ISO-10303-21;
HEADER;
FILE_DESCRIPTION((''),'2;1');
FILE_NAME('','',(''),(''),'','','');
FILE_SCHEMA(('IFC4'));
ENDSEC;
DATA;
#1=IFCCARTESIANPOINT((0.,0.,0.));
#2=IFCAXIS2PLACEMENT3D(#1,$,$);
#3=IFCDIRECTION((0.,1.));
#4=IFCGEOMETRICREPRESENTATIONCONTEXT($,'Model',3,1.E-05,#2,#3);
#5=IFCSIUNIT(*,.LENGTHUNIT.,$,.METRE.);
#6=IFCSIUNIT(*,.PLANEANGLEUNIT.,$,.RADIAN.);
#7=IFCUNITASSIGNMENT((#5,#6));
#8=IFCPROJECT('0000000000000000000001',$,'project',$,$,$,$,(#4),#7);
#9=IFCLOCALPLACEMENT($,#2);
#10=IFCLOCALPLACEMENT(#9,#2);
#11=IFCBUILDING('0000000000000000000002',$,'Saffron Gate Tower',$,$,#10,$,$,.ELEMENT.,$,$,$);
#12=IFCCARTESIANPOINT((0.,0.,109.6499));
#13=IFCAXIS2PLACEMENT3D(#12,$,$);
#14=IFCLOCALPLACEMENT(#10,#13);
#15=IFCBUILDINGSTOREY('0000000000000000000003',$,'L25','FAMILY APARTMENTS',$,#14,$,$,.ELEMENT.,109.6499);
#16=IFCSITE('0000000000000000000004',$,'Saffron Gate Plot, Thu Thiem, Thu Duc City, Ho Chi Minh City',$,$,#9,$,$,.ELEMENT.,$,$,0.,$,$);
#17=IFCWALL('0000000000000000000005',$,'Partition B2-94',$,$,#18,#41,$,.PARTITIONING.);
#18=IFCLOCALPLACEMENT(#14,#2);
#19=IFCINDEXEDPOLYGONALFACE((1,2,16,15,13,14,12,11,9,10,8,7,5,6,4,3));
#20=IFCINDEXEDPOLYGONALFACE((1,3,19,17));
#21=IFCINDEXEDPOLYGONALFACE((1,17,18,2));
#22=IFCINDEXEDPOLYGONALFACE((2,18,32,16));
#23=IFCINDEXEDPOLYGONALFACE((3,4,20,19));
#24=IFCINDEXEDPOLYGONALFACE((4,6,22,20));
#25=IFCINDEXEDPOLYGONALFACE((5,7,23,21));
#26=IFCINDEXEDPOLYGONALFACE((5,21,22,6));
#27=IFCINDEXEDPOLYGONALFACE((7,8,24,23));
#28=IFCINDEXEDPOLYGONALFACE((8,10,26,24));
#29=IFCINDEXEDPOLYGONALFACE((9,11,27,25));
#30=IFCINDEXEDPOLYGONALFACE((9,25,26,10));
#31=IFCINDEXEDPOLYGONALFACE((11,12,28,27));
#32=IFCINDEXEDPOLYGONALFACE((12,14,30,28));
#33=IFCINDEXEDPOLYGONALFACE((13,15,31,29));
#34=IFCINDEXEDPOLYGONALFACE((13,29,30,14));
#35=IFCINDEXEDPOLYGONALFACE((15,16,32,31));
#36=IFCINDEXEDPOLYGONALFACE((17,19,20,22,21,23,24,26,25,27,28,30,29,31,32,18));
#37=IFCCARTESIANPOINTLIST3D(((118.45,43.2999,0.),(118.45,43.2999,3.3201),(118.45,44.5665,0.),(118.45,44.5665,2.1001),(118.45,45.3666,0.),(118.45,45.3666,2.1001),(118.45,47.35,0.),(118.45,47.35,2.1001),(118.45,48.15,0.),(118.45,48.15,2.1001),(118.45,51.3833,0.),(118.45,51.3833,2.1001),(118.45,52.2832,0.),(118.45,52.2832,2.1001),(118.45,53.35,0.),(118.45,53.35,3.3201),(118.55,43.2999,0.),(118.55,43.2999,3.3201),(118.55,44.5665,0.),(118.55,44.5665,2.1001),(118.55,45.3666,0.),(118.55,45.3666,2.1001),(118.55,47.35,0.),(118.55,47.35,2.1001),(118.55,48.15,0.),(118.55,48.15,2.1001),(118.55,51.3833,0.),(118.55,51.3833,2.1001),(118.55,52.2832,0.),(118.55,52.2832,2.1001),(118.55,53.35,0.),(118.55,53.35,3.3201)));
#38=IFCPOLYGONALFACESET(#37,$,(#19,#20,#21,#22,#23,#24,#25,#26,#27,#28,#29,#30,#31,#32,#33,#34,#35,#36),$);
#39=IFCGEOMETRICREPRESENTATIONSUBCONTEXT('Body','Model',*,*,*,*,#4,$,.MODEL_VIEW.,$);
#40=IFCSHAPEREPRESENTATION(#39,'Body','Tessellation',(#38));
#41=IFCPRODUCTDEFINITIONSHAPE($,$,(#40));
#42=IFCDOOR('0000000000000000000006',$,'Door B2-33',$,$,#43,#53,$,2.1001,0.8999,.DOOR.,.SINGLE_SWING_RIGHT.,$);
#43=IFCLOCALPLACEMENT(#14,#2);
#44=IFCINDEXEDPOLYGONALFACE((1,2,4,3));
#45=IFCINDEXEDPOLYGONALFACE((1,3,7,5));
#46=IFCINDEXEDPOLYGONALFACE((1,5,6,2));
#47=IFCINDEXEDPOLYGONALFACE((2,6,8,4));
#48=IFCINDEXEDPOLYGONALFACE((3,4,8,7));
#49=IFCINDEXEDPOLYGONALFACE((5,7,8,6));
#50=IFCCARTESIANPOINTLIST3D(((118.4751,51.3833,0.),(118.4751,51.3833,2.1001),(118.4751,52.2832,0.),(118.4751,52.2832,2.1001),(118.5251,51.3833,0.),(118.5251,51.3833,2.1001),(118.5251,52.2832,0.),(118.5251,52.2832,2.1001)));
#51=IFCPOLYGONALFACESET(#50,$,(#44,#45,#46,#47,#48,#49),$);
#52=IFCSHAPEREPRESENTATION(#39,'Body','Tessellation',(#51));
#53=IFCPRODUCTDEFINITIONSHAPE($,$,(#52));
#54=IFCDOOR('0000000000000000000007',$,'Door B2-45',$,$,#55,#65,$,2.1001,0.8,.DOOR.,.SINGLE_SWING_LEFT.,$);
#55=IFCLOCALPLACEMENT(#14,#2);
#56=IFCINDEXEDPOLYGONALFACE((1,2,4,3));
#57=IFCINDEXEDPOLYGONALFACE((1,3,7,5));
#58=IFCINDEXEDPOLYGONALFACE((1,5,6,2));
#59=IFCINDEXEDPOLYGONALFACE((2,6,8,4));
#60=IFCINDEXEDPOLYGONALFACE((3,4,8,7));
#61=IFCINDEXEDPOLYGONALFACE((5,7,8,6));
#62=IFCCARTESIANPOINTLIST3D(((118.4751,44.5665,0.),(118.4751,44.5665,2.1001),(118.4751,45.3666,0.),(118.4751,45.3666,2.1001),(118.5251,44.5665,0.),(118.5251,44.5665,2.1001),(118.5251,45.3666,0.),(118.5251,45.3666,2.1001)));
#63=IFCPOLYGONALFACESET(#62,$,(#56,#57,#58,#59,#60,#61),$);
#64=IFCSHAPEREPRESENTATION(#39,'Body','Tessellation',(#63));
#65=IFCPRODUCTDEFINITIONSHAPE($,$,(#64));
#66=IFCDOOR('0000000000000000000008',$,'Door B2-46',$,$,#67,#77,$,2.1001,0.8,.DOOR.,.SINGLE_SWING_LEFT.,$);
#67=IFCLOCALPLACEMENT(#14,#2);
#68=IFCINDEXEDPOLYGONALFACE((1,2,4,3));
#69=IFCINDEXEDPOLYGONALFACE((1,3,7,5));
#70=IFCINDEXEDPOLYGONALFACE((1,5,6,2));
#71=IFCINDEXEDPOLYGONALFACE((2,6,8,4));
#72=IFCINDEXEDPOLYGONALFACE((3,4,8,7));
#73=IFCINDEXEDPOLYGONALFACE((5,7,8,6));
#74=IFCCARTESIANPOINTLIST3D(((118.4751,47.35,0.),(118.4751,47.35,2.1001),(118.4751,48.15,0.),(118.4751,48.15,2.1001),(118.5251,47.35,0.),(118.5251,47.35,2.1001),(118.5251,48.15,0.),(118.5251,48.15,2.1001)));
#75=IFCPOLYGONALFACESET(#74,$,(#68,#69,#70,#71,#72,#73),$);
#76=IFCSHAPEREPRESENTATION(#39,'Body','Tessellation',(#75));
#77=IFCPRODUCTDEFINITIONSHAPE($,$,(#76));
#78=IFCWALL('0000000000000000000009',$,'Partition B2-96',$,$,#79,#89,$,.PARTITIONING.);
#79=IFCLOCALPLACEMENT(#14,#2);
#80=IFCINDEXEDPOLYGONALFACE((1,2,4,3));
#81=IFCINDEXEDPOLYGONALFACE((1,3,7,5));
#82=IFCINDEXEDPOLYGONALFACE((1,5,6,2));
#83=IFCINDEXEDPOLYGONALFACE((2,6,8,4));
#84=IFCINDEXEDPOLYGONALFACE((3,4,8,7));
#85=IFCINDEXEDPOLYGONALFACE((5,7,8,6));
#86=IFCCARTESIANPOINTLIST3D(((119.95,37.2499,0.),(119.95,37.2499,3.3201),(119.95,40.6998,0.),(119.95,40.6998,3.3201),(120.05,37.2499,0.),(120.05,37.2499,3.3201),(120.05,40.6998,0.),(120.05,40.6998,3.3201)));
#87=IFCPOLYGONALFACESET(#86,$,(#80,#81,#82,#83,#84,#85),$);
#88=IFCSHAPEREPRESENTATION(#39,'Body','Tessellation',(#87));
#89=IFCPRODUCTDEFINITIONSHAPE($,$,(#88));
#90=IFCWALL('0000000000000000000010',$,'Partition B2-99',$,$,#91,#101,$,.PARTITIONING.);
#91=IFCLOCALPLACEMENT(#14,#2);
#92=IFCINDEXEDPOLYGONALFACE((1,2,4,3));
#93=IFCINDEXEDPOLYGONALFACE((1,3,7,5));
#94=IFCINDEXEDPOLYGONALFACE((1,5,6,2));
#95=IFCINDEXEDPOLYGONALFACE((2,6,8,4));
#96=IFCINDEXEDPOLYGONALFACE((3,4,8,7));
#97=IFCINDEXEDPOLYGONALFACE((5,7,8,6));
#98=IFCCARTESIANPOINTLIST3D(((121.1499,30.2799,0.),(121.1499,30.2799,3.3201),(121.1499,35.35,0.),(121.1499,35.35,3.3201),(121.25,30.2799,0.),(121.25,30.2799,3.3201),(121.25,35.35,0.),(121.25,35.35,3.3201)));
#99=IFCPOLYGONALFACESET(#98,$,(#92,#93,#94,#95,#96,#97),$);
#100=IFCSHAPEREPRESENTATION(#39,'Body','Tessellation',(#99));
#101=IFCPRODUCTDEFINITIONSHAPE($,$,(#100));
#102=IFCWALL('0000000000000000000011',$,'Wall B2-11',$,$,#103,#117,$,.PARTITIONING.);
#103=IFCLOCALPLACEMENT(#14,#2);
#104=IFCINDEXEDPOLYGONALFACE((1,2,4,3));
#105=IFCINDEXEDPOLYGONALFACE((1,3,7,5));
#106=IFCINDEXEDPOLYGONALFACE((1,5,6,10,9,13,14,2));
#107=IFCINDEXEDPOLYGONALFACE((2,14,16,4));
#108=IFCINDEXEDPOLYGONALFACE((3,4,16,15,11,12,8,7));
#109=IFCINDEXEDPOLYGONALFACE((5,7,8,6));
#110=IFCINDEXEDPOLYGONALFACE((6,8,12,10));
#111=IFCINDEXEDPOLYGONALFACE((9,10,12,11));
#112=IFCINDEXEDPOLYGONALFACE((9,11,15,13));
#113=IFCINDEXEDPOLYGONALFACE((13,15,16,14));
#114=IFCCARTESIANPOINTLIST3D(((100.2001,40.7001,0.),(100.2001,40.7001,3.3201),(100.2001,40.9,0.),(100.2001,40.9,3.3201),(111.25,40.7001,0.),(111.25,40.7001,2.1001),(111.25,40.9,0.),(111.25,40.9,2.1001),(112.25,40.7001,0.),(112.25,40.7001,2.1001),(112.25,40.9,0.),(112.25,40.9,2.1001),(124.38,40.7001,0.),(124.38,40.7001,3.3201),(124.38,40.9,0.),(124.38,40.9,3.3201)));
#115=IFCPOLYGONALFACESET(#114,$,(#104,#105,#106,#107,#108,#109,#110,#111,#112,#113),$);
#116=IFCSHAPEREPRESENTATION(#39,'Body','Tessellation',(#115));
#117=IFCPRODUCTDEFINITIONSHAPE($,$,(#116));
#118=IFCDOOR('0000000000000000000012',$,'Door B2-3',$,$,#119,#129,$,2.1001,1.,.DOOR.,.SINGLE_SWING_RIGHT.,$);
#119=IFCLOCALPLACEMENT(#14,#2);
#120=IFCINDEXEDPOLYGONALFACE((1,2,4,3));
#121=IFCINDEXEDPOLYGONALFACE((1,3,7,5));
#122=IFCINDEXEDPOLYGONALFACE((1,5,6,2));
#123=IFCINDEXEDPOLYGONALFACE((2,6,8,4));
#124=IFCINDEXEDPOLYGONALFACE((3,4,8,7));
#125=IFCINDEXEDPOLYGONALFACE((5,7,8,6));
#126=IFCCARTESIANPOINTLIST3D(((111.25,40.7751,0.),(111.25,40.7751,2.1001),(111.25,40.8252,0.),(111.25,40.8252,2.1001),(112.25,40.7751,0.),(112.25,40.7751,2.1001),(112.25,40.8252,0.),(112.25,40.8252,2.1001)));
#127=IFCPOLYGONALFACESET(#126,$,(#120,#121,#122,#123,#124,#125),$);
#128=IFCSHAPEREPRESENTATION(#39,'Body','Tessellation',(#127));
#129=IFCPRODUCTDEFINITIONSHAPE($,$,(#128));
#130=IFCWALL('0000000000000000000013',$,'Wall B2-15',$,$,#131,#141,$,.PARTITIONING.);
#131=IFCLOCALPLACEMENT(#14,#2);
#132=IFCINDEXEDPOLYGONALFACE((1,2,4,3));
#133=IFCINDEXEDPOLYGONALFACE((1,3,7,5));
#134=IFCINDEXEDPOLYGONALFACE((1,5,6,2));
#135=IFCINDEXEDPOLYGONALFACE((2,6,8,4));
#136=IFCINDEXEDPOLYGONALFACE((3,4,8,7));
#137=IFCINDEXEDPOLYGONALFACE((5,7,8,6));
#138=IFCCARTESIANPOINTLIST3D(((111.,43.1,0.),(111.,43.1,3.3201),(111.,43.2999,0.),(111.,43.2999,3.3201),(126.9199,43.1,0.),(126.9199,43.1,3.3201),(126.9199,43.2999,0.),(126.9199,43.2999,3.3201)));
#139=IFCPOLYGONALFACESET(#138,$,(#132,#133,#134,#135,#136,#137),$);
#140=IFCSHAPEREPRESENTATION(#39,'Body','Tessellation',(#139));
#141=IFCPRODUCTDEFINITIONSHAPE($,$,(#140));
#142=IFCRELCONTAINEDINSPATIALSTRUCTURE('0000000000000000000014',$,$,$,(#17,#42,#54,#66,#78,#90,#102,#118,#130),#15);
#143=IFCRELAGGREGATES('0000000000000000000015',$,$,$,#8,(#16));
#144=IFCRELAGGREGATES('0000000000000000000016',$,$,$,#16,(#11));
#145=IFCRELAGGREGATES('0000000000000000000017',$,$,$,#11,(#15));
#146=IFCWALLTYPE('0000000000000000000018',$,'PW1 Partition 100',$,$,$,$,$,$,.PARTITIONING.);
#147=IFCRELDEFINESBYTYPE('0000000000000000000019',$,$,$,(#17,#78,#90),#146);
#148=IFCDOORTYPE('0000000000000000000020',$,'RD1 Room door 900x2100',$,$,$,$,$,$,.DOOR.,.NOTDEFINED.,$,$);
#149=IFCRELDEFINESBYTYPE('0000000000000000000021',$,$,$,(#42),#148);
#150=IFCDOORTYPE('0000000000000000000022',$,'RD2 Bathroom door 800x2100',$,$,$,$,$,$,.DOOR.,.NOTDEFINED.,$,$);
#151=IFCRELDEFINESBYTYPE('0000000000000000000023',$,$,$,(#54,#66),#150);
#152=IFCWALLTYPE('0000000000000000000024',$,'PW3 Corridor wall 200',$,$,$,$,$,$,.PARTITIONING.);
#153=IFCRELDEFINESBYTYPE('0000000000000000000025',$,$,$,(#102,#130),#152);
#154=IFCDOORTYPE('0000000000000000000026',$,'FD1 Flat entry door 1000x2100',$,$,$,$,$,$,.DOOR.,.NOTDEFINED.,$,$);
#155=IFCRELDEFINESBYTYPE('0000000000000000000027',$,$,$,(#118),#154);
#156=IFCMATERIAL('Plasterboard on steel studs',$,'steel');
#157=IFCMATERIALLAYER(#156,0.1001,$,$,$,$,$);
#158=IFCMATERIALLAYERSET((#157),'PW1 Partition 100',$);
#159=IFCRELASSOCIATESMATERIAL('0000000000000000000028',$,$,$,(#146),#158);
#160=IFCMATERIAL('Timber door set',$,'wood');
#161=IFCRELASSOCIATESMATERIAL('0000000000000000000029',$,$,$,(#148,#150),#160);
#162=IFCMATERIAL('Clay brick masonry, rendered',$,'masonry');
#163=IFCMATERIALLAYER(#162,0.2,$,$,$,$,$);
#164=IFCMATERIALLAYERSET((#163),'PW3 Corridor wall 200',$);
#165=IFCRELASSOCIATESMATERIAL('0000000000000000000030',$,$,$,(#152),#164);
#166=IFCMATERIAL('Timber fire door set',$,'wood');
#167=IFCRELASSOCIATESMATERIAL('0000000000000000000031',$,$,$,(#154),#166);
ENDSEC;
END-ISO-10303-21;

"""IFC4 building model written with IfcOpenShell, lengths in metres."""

from ifc_helpers import new_model, si_unit, direction, frame, frame_2d, origin, place, context, subcontext, project, spatial, rectangle, extrude, material, layer, layer_set, type_object, element, fill, save


model = new_model("IFC4")

# Units and contexts
model_context = context("Model", 3, precision=1e-05, world=origin(), true_north=direction((0.0, 1.0)))
body_context = subcontext(model_context, "Body", "Model", "MODEL_VIEW")
ifc_project = project(units=[si_unit("LENGTHUNIT", "METRE"), si_unit("PLANEANGLEUNIT", "RADIAN")], contexts=[model_context])

# Site, building, storey
site_placement = place(None, origin())
site = spatial("IfcSite", under=ifc_project, at=site_placement, Name="Saffron Gate Plot, Thu Thiem, Thu Duc City, Ho Chi Minh City", CompositionType="ELEMENT", RefElevation=0.0)
building_placement = place(site_placement, origin())
building = spatial("IfcBuilding", under=site, at=building_placement, Name="Saffron Gate Tower", CompositionType="ELEMENT")
storey_placement = place(building_placement, frame((0.0, 0.0, 109.6499)))
storey = spatial("IfcBuildingStorey", under=building, at=storey_placement, Name="L25", Description="FAMILY APARTMENTS", CompositionType="ELEMENT", Elevation=109.6499)

# Shared definitions
ifc_material_1 = material(Name="Plasterboard on steel studs", Category="steel")
ifc_layer_1 = layer(ifc_material_1, 0.1001)
ifc_layer_set_1 = layer_set([ifc_layer_1], Name="PW1 Partition 100")
wall_type_1 = type_object("IfcWallType", Name="PW1 Partition 100", PredefinedType="PARTITIONING", material=ifc_layer_set_1)
ifc_material_2 = material(Name="Timber door set", Category="wood")
door_type_1 = type_object("IfcDoorType", Name="RD1 Room door 900x2100", OperationType="NOTDEFINED", PredefinedType="DOOR", material=ifc_material_2)

# Wall, openings, doors
wall_1_placement = place(storey_placement, frame((118.5, 43.3, 0.0), z_axis=(0.0, 0.0, 1.0), x_axis=(0.0, 1.0, 0.0)))
wall_1 = element("IfcWall", 1, at=wall_1_placement, inside=storey, type_object=wall_type_1, Name="Partition B2-94", PredefinedType="PARTITIONING", context=body_context, shape_type="SweptSolid", body=[
    extrude(rectangle(XDim=10.05, YDim=0.1001, at=frame_2d((5.0249, 0.0))), origin(), (0.0, 0.0, 1.0), 3.3201),
])
opening_1_placement = place(wall_1_placement, frame((1.2666, 0.0, 0.0)))
opening_1 = element("IfcOpeningElement", 2, at=opening_1_placement, cuts=wall_1, PredefinedType="OPENING", context=body_context, shape_type="SweptSolid", body=[
    extrude(rectangle(XDim=0.8, YDim=2.1001, at=frame_2d((0.3999, 1.05))), frame((0.0, 0.0601, 0.0), z_axis=(0.0, -1.0, 0.0), x_axis=(1.0, 0.0, 0.0)), (0.0, 0.0, 1.0), 0.1201),
])
opening_2_placement = place(wall_1_placement, frame((4.05, 0.0, 0.0)))
opening_2 = element("IfcOpeningElement", 3, at=opening_2_placement, cuts=wall_1, PredefinedType="OPENING", context=body_context, shape_type="SweptSolid", body=[
    extrude(rectangle(XDim=0.8, YDim=2.1001, at=frame_2d((0.3999, 1.05))), frame((0.0, 0.0601, 0.0), z_axis=(0.0, -1.0, 0.0), x_axis=(1.0, 0.0, 0.0)), (0.0, 0.0, 1.0), 0.1201),
])
opening_3_placement = place(wall_1_placement, frame((8.0833, 0.0, 0.0)))
opening_3 = element("IfcOpeningElement", 4, at=opening_3_placement, cuts=wall_1, PredefinedType="OPENING", context=body_context, shape_type="SweptSolid", body=[
    extrude(rectangle(XDim=0.8999, YDim=2.1001, at=frame_2d((0.45, 1.05))), frame((0.0, 0.0601, 0.0), z_axis=(0.0, -1.0, 0.0), x_axis=(1.0, 0.0, 0.0)), (0.0, 0.0, 1.0), 0.1201),
])
door_1_placement = place(opening_3_placement, origin())
door_1 = element("IfcDoor", 5, at=door_1_placement, inside=storey, type_object=door_type_1, Name="Door B2-33", OperationType="SINGLE_SWING_RIGHT", OverallHeight=2.1001, OverallWidth=0.8999, PredefinedType="DOOR", context=body_context, shape_type="SweptSolid", body=[
    extrude(rectangle(XDim=0.8999, YDim=2.1001, at=frame_2d((0.45, 1.05))), frame((0.0, 0.0249, 0.0), z_axis=(0.0, -1.0, 0.0), x_axis=(1.0, 0.0, 0.0)), (0.0, 0.0, 1.0), 0.05),
])
fill(opening_3, door_1)
door_type_2 = type_object("IfcDoorType", Name="RD2 Bathroom door 800x2100", OperationType="NOTDEFINED", PredefinedType="DOOR", material=ifc_material_2)
door_2_placement = place(opening_1_placement, origin())
door_2 = element("IfcDoor", 6, at=door_2_placement, inside=storey, type_object=door_type_2, Name="Door B2-45", OperationType="SINGLE_SWING_LEFT", OverallHeight=2.1001, OverallWidth=0.8, PredefinedType="DOOR", context=body_context, shape_type="SweptSolid", body=[
    extrude(rectangle(XDim=0.8, YDim=2.1001, at=frame_2d((0.3999, 1.05))), frame((0.0, 0.0249, 0.0), z_axis=(0.0, -1.0, 0.0), x_axis=(1.0, 0.0, 0.0)), (0.0, 0.0, 1.0), 0.05),
])
fill(opening_1, door_2)
door_3_placement = place(opening_2_placement, origin())
door_3 = element("IfcDoor", 7, at=door_3_placement, inside=storey, type_object=door_type_2, Name="Door B2-46", OperationType="SINGLE_SWING_LEFT", OverallHeight=2.1001, OverallWidth=0.8, PredefinedType="DOOR", context=body_context, shape_type="SweptSolid", body=[
    extrude(rectangle(XDim=0.8, YDim=2.1001, at=frame_2d((0.3999, 1.05))), frame((0.0, 0.0249, 0.0), z_axis=(0.0, -1.0, 0.0), x_axis=(1.0, 0.0, 0.0)), (0.0, 0.0, 1.0), 0.05),
])
fill(opening_2, door_3)

# Walls
wall_2_placement = place(storey_placement, frame((120.0, 40.7, 0.0), z_axis=(0.0, 0.0, 1.0), x_axis=(0.0, -1.0, 0.0)))
element("IfcWall", 8, at=wall_2_placement, inside=storey, type_object=wall_type_1, Name="Partition B2-96", PredefinedType="PARTITIONING", context=body_context, shape_type="SweptSolid", body=[
    extrude(rectangle(XDim=3.45, YDim=0.1001, at=frame_2d((1.7251, 0.0))), origin(), (0.0, 0.0, 1.0), 3.3201),
])
wall_3_placement = place(storey_placement, frame((121.2, 35.3501, 0.0), z_axis=(0.0, 0.0, 1.0), x_axis=(0.0, -1.0, 0.0)))
element("IfcWall", 9, at=wall_3_placement, inside=storey, type_object=wall_type_1, Name="Partition B2-99", PredefinedType="PARTITIONING", context=body_context, shape_type="SweptSolid", body=[
    extrude(rectangle(XDim=5.0701, YDim=0.1001, at=frame_2d((2.5352, 0.0))), origin(), (0.0, 0.0, 1.0), 3.3201),
])

# Wall, opening, door
ifc_material_3 = material(Name="Clay brick masonry, rendered", Category="masonry")
ifc_layer_2 = layer(ifc_material_3, 0.2)
ifc_layer_set_2 = layer_set([ifc_layer_2], Name="PW3 Corridor wall 200")
wall_type_2 = type_object("IfcWallType", Name="PW3 Corridor wall 200", PredefinedType="PARTITIONING", material=ifc_layer_set_2)
wall_4_placement = place(storey_placement, frame((124.3799, 40.8, 0.0), z_axis=(0.0, 0.0, 1.0), x_axis=(-1.0, 0.0, 0.0)))
wall_4 = element("IfcWall", 10, at=wall_4_placement, inside=storey, type_object=wall_type_2, Name="Wall B2-11", PredefinedType="PARTITIONING", context=body_context, shape_type="SweptSolid", body=[
    extrude(rectangle(XDim=24.1799, YDim=0.2, at=frame_2d((12.0898, 0.0))), origin(), (0.0, 0.0, 1.0), 3.3201),
])
opening_4_placement = place(wall_4_placement, frame((12.1299, 0.0, 0.0)))
opening_4 = element("IfcOpeningElement", 11, at=opening_4_placement, cuts=wall_4, PredefinedType="OPENING", context=body_context, shape_type="SweptSolid", body=[
    extrude(rectangle(XDim=1.0, YDim=2.1001, at=frame_2d((0.5, 1.05))), frame((0.0, 0.1099, 0.0), z_axis=(0.0, -1.0, 0.0), x_axis=(1.0, 0.0, 0.0)), (0.0, 0.0, 1.0), 0.22),
])
ifc_material_4 = material(Name="Timber fire door set", Category="wood")
door_type_3 = type_object("IfcDoorType", Name="FD1 Flat entry door 1000x2100", OperationType="NOTDEFINED", PredefinedType="DOOR", material=ifc_material_4)
door_4_placement = place(opening_4_placement, origin())
door_4 = element("IfcDoor", 12, at=door_4_placement, inside=storey, type_object=door_type_3, Name="Door B2-3", OperationType="SINGLE_SWING_RIGHT", OverallHeight=2.1001, OverallWidth=1.0, PredefinedType="DOOR", context=body_context, shape_type="SweptSolid", body=[
    extrude(rectangle(XDim=1.0, YDim=2.1001, at=frame_2d((0.5, 1.05))), frame((0.0, 0.0249, 0.0), z_axis=(0.0, -1.0, 0.0), x_axis=(1.0, 0.0, 0.0)), (0.0, 0.0, 1.0), 0.05),
])
fill(opening_4, door_4)

# Wall
wall_5_placement = place(storey_placement, frame((111.0, 43.2, 0.0), z_axis=(0.0, 0.0, 1.0), x_axis=(1.0, 0.0, 0.0)))
element("IfcWall", 13, at=wall_5_placement, inside=storey, type_object=wall_type_2, Name="Wall B2-15", PredefinedType="PARTITIONING", context=body_context, shape_type="SweptSolid", body=[
    extrude(rectangle(XDim=15.9199, YDim=0.2, at=frame_2d((7.96, 0.0))), origin(), (0.0, 0.0, 1.0), 3.3201),
])

save(model, "model.ifc")
